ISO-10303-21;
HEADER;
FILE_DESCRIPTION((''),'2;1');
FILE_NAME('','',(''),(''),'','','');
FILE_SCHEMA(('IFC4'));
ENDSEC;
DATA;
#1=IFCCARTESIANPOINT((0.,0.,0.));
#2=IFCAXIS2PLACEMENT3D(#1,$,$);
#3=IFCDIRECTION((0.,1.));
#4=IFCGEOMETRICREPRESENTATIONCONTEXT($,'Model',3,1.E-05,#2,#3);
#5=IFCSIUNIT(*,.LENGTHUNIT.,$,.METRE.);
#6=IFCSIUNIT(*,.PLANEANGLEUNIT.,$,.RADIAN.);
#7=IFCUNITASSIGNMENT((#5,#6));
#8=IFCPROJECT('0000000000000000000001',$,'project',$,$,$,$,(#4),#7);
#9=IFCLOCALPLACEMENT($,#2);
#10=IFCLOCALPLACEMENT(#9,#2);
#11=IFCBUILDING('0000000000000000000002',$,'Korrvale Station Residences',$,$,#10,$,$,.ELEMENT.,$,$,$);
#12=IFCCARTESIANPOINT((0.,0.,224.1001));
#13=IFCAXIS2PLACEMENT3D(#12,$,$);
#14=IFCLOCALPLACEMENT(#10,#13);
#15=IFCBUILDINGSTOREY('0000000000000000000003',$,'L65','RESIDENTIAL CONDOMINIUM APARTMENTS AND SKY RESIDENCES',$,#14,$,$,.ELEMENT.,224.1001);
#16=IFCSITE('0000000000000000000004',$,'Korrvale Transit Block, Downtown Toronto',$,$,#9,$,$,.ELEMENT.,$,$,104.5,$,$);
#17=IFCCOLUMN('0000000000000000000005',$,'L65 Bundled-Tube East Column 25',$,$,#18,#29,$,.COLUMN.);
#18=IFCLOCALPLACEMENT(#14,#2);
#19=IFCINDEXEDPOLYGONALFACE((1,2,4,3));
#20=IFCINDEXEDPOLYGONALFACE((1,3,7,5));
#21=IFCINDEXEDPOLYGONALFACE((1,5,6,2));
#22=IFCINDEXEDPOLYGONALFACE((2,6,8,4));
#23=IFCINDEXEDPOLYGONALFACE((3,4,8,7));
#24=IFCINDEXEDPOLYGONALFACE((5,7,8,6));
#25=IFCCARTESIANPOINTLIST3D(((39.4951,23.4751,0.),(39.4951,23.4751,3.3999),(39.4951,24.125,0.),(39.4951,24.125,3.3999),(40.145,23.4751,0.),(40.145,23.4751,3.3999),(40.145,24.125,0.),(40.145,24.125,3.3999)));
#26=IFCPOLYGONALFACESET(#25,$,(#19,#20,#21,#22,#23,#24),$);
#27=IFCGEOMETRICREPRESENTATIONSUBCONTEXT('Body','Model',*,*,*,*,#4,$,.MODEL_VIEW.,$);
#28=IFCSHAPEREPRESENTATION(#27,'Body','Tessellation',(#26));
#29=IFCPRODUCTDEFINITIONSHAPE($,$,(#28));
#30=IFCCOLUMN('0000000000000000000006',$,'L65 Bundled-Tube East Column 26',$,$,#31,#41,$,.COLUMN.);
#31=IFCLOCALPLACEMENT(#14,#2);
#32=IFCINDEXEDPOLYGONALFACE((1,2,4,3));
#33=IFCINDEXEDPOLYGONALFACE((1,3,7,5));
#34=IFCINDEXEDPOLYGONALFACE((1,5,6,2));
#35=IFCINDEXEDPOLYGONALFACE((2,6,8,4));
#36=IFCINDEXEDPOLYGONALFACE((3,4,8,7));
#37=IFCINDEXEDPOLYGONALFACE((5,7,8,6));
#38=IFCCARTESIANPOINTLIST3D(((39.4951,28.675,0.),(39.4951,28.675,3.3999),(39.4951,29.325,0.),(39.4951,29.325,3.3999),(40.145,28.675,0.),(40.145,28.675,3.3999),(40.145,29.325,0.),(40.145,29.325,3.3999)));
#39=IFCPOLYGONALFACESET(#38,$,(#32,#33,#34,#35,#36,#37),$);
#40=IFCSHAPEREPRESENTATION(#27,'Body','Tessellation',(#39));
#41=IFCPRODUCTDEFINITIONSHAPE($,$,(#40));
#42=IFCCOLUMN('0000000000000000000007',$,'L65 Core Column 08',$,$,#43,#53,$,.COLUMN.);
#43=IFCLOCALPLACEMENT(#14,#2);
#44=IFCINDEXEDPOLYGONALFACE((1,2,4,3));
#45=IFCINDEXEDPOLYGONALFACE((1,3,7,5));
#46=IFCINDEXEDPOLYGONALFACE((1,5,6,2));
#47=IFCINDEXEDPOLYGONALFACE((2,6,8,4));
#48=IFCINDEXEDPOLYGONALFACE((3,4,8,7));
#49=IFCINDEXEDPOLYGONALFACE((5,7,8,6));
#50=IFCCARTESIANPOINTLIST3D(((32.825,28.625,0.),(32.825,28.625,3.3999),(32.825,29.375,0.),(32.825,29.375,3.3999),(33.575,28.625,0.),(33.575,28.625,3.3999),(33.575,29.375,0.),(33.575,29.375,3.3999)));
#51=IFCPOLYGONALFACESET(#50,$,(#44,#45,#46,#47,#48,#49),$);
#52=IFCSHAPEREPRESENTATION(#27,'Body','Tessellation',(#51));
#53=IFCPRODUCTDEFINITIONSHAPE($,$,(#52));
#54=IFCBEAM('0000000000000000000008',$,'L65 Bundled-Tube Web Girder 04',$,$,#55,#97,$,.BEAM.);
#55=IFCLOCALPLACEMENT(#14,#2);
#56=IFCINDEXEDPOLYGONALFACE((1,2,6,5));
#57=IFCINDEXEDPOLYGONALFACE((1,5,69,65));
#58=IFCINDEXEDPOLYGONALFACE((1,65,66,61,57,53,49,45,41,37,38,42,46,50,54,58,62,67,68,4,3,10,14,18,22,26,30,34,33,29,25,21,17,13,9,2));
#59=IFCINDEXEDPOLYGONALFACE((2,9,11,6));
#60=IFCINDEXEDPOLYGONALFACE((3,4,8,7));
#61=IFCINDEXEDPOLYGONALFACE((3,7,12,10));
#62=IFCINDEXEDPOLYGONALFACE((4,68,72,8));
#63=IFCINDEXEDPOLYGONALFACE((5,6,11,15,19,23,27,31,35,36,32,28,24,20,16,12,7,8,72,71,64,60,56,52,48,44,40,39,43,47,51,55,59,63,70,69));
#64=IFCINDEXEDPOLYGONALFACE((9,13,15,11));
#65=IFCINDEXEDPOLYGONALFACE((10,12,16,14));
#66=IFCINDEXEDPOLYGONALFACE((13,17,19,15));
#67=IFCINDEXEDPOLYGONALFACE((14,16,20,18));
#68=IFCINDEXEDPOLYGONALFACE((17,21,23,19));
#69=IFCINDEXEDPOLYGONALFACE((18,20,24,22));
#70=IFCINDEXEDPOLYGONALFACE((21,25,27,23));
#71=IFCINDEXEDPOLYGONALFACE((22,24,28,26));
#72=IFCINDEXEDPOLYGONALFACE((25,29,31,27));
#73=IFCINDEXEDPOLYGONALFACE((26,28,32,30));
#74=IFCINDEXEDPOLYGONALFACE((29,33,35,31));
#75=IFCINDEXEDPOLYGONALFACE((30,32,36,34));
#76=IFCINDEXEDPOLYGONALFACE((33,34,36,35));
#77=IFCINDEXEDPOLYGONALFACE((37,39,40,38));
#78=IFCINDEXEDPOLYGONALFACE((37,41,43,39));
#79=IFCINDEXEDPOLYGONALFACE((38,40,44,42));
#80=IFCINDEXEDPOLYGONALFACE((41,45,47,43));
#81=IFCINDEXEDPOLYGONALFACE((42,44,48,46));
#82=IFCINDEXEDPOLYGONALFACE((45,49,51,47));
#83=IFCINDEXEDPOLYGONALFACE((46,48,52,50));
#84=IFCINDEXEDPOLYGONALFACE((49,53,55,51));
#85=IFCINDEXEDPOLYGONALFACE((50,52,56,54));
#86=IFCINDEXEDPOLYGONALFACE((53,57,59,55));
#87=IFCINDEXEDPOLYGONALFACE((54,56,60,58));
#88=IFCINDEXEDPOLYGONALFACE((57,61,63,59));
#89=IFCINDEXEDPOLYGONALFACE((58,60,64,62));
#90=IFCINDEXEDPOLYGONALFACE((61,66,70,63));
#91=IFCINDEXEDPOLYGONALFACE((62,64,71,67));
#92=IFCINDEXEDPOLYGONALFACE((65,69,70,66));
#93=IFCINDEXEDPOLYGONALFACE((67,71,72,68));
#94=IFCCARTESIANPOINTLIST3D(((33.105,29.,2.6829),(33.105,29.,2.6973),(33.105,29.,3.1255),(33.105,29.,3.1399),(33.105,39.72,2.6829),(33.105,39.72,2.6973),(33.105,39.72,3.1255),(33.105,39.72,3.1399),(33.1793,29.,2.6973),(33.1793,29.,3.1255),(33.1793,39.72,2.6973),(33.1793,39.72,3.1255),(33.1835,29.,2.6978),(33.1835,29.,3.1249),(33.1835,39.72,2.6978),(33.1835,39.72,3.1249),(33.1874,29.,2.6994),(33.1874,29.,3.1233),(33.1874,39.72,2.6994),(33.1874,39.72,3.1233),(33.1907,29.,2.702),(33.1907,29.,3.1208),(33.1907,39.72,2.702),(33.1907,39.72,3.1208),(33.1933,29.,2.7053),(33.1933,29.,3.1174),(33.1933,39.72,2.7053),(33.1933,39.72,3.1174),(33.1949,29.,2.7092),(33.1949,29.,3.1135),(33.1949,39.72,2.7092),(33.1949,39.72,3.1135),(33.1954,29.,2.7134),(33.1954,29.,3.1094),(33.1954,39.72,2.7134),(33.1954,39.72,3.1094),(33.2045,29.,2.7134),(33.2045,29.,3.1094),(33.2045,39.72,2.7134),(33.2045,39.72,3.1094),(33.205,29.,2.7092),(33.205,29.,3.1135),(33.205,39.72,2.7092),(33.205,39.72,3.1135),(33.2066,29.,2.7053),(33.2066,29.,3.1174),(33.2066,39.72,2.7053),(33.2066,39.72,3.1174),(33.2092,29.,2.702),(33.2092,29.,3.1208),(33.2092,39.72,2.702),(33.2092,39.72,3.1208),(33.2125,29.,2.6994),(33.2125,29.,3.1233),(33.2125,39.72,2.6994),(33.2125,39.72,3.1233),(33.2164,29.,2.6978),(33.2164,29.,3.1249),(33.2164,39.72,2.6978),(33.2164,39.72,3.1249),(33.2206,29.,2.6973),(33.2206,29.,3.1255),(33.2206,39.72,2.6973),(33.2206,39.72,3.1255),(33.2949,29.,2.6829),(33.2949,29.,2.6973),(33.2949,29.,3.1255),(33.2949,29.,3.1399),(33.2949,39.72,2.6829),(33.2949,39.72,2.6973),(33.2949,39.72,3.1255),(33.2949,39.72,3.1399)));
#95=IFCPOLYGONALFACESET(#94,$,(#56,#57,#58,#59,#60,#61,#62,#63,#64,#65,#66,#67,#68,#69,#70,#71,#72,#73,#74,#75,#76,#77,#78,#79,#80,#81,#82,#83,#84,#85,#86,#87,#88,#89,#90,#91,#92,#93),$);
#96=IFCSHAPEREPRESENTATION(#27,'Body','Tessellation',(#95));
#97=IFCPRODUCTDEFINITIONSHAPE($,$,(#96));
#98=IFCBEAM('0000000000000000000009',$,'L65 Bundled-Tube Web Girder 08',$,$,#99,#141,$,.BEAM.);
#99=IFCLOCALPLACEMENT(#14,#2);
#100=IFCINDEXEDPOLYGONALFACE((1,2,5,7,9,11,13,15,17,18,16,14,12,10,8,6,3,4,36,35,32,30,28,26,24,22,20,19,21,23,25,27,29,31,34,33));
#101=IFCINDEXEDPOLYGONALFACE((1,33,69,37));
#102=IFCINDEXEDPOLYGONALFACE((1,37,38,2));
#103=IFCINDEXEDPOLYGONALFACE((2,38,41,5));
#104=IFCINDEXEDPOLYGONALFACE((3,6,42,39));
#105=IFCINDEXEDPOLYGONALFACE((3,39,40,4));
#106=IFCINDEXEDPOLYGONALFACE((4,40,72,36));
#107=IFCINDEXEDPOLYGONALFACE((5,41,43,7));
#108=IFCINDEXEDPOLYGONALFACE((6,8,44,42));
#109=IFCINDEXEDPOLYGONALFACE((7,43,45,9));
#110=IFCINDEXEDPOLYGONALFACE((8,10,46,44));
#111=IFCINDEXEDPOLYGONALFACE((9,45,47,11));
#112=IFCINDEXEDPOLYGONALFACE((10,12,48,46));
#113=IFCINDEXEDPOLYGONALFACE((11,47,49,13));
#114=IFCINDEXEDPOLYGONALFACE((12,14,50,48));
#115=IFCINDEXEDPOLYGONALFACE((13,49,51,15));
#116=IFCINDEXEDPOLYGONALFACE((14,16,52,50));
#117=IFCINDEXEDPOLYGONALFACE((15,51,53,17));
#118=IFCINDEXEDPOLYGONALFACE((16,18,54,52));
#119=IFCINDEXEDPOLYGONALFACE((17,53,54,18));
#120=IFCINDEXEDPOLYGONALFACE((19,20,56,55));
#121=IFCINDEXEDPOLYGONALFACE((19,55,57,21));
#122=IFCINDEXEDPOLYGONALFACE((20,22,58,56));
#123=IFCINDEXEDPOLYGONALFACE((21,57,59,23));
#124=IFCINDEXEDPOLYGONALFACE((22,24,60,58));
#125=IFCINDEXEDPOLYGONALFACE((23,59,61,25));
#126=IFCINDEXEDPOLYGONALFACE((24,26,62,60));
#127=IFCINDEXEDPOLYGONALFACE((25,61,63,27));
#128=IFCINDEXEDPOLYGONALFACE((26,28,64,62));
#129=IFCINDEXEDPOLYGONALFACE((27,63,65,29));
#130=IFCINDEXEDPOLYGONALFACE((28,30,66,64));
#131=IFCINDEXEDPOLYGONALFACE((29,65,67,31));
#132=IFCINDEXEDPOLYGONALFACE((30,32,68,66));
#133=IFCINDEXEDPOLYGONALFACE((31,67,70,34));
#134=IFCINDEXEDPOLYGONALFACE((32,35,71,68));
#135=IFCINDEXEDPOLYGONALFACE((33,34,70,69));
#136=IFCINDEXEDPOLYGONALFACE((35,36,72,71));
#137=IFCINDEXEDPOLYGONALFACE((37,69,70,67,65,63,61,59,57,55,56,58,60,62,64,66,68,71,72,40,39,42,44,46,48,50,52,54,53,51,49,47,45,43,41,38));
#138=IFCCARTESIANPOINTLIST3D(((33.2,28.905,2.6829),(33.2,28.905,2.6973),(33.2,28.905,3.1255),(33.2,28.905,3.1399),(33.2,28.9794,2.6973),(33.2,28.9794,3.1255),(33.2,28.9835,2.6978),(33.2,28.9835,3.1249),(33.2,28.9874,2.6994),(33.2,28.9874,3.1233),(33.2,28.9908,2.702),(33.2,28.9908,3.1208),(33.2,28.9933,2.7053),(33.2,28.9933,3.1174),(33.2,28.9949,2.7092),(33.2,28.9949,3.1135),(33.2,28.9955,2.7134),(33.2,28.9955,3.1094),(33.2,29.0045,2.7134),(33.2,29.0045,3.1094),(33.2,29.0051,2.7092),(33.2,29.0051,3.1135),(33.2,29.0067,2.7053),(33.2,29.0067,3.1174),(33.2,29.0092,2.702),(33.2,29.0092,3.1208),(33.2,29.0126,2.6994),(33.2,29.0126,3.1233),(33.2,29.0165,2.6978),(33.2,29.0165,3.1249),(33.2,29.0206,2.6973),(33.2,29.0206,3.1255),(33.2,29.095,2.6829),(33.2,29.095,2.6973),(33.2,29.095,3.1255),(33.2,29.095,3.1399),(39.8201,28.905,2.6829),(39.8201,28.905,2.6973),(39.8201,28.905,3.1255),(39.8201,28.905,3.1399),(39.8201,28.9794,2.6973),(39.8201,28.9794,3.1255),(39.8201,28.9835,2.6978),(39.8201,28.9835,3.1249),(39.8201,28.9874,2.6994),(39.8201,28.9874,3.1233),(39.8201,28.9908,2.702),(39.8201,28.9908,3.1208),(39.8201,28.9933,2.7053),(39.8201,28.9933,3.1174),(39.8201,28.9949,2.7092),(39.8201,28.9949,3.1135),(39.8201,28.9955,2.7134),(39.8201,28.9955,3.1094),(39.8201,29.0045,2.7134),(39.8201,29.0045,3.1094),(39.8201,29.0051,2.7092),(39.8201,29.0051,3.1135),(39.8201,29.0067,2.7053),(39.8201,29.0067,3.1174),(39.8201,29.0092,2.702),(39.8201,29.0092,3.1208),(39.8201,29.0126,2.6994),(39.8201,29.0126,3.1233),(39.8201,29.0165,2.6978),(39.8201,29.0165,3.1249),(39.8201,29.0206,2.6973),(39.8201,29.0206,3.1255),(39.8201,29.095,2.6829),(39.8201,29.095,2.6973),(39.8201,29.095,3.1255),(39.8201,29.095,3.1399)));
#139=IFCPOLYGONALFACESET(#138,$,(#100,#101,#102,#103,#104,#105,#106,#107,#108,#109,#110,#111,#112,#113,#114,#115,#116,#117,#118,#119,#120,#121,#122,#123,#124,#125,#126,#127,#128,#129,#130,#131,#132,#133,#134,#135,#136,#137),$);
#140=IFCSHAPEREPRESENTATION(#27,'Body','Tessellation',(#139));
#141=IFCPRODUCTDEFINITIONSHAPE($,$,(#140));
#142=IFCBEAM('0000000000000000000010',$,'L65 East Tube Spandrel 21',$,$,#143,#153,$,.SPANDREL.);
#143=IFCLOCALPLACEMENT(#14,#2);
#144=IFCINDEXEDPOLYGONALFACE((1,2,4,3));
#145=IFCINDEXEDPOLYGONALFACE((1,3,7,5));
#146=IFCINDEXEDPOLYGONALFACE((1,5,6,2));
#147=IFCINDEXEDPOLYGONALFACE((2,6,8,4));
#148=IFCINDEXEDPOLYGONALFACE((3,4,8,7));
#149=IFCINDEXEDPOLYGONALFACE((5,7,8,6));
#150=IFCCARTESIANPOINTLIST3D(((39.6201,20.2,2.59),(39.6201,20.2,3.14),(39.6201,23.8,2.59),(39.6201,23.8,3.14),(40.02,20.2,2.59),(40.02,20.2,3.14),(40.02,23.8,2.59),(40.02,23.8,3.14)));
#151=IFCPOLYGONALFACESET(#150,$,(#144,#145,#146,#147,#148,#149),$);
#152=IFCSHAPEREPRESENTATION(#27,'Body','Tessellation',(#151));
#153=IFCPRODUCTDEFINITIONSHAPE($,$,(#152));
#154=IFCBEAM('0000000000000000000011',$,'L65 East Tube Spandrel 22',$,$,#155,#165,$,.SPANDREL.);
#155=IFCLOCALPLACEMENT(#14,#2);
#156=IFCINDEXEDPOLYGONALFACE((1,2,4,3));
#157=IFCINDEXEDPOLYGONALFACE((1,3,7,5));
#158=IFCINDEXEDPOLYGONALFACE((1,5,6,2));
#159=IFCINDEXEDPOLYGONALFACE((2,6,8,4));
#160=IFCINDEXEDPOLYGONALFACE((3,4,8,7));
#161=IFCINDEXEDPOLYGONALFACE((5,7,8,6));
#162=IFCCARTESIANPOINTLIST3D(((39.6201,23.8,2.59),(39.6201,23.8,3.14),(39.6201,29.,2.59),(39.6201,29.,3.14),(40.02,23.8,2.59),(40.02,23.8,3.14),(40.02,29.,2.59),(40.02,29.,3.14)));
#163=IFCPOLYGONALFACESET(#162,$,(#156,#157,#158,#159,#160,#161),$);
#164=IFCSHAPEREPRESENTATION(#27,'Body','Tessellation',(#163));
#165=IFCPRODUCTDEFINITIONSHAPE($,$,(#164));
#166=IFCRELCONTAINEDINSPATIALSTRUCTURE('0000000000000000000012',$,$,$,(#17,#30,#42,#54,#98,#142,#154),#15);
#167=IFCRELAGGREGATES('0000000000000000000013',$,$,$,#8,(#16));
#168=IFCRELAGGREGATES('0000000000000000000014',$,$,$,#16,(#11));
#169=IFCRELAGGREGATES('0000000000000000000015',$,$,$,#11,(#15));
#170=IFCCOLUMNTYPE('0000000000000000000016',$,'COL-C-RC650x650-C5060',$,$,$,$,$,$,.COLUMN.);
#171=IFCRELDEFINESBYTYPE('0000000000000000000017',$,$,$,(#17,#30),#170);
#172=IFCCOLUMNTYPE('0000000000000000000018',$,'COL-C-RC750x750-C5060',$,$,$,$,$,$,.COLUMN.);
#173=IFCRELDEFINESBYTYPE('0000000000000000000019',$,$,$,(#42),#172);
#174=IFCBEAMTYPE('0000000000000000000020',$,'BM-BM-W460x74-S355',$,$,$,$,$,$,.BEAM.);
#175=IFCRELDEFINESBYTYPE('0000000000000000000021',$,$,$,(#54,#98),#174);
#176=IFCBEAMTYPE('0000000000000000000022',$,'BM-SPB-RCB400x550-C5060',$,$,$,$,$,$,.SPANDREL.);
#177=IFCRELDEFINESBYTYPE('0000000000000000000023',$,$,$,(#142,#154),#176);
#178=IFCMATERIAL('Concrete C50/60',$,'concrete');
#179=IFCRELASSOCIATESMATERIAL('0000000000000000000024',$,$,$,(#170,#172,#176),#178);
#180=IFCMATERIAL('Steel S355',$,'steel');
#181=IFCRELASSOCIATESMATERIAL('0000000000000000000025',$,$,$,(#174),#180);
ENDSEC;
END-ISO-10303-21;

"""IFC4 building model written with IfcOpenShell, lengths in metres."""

from ifc_helpers import new_model, si_unit, direction, frame, origin, origin_2d, place, context, subcontext, project, spatial, rectangle, i_section, extrude, material, material_profile, profile_set, type_object, element, save


model = new_model("IFC4")

# Units and contexts
model_context = context("Model", 3, precision=1e-05, world=origin(), true_north=direction((0.0, 1.0)))
body_context = subcontext(model_context, "Body", "Model", "MODEL_VIEW")
ifc_project = project(units=[si_unit("LENGTHUNIT", "METRE"), si_unit("PLANEANGLEUNIT", "RADIAN")], contexts=[model_context])

# Site, building, storey
site_placement = place(None, origin())
site = spatial("IfcSite", under=ifc_project, at=site_placement, Name="Korrvale Transit Block, Downtown Toronto", CompositionType="ELEMENT", RefElevation=104.5)
building_placement = place(site_placement, origin())
building = spatial("IfcBuilding", under=site, at=building_placement, Name="Korrvale Station Residences", CompositionType="ELEMENT")
storey_placement = place(building_placement, frame((0.0, 0.0, 224.1001)))
storey = spatial("IfcBuildingStorey", under=building, at=storey_placement, Name="L65", Description="RESIDENTIAL CONDOMINIUM APARTMENTS AND SKY RESIDENCES", CompositionType="ELEMENT", Elevation=224.1001)

# Columns
ifc_material_1 = material(Name="Concrete C50/60", Category="concrete")
ifc_material_profile_1 = material_profile(ifc_material_1, rectangle(XDim=0.6499, YDim=0.6499, at=origin_2d()), Name="RC650x650")
ifc_profile_set_1 = profile_set([ifc_material_profile_1], Name="Concrete C50/60")
column_type_1 = type_object("IfcColumnType", Name="COL-C-RC650x650-C5060", PredefinedType="COLUMN", material=ifc_profile_set_1)
for number, where, z_axis, x_axis, name in (
    (1, (39.8201, 23.8, 0.0), (0.0, 0.0, 1.0), (1.0, 0.0, 0.0), "L65 Bundled-Tube East Column 25"),
    (2, (39.8201, 29.0, 0.0), (0.0, 0.0, 1.0), (1.0, 0.0, 0.0), "L65 Bundled-Tube East Column 26"),
):
    element("IfcColumn", number, at=place(storey_placement, frame(where, z_axis=z_axis, x_axis=x_axis)), inside=storey, type_object=column_type_1, Name=name, PredefinedType="COLUMN", context=body_context, shape_type="SweptSolid", body=[
        extrude(rectangle(XDim=0.6499, YDim=0.6499, at=origin_2d()), origin(), (0.0, 0.0, 1.0), 3.3999),
    ])
ifc_material_profile_2 = material_profile(ifc_material_1, rectangle(XDim=0.75, YDim=0.75, at=origin_2d()), Name="RC750x750")
ifc_profile_set_2 = profile_set([ifc_material_profile_2], Name="Concrete C50/60")
column_type_2 = type_object("IfcColumnType", Name="COL-C-RC750x750-C5060", PredefinedType="COLUMN", material=ifc_profile_set_2)
column_placement = place(storey_placement, frame((33.2, 29.0, 0.0), z_axis=(0.0, 0.0, 1.0), x_axis=(1.0, 0.0, 0.0)))
element("IfcColumn", 3, at=column_placement, inside=storey, type_object=column_type_2, Name="L65 Core Column 08", PredefinedType="COLUMN", context=body_context, shape_type="SweptSolid", body=[
    extrude(rectangle(XDim=0.75, YDim=0.75, at=origin_2d()), origin(), (0.0, 0.0, 1.0), 3.3999),
])

# Beams
ifc_material_2 = material(Name="Steel S355", Category="steel")
ifc_material_profile_3 = material_profile(ifc_material_2, i_section(OverallWidth=0.1899, OverallDepth=0.457, WebThickness=0.009, FlangeThickness=0.0144, FilletRadius=0.0161, at=origin_2d()), Name="W460x74")
ifc_profile_set_3 = profile_set([ifc_material_profile_3], Name="Steel S355")
beam_type_1 = type_object("IfcBeamType", Name="BM-BM-W460x74-S355", PredefinedType="BEAM", material=ifc_profile_set_3)
beam_1_placement = place(storey_placement, frame((33.2, 29.0, 2.9114), z_axis=(0.0, 1.0, 0.0), x_axis=(-1.0, 0.0, 0.0)))
element("IfcBeam", 4, at=beam_1_placement, inside=storey, type_object=beam_type_1, Name="L65 Bundled-Tube Web Girder 04", PredefinedType="BEAM", context=body_context, shape_type="SweptSolid", body=[
    extrude(i_section(OverallWidth=0.1899, OverallDepth=0.457, WebThickness=0.009, FlangeThickness=0.0144, FilletRadius=0.0161, at=origin_2d()), origin(), (0.0, 0.0, 1.0), 10.72),
])
beam_2_placement = place(storey_placement, frame((33.2, 29.0, 2.9114), z_axis=(1.0, 0.0, 0.0), x_axis=(0.0, 1.0, 0.0)))
element("IfcBeam", 5, at=beam_2_placement, inside=storey, type_object=beam_type_1, Name="L65 Bundled-Tube Web Girder 08", PredefinedType="BEAM", context=body_context, shape_type="SweptSolid", body=[
    extrude(i_section(OverallWidth=0.1899, OverallDepth=0.457, WebThickness=0.009, FlangeThickness=0.0144, FilletRadius=0.0161, at=origin_2d()), origin(), (0.0, 0.0, 1.0), 6.6201),
])
ifc_material_profile_4 = material_profile(ifc_material_1, rectangle(XDim=0.3999, YDim=0.55, at=origin_2d()), Name="RCB400x550")
ifc_profile_set_4 = profile_set([ifc_material_profile_4], Name="Concrete C50/60")
beam_type_2 = type_object("IfcBeamType", Name="BM-SPB-RCB400x550-C5060", PredefinedType="SPANDREL", material=ifc_profile_set_4)
beam_3_placement = place(storey_placement, frame((39.8201, 20.2, 2.865), z_axis=(0.0, 1.0, 0.0), x_axis=(-1.0, 0.0, 0.0)))
element("IfcBeam", 6, at=beam_3_placement, inside=storey, type_object=beam_type_2, Name="L65 East Tube Spandrel 21", PredefinedType="SPANDREL", context=body_context, shape_type="SweptSolid", body=[
    extrude(rectangle(XDim=0.3999, YDim=0.55, at=origin_2d()), origin(), (0.0, 0.0, 1.0), 3.6001),
])
beam_4_placement = place(storey_placement, frame((39.8201, 23.8, 2.865), z_axis=(0.0, 1.0, 0.0), x_axis=(-1.0, 0.0, 0.0)))
element("IfcBeam", 7, at=beam_4_placement, inside=storey, type_object=beam_type_2, Name="L65 East Tube Spandrel 22", PredefinedType="SPANDREL", context=body_context, shape_type="SweptSolid", body=[
    extrude(rectangle(XDim=0.3999, YDim=0.55, at=origin_2d()), origin(), (0.0, 0.0, 1.0), 5.2),
])

save(model, "model.ifc")
